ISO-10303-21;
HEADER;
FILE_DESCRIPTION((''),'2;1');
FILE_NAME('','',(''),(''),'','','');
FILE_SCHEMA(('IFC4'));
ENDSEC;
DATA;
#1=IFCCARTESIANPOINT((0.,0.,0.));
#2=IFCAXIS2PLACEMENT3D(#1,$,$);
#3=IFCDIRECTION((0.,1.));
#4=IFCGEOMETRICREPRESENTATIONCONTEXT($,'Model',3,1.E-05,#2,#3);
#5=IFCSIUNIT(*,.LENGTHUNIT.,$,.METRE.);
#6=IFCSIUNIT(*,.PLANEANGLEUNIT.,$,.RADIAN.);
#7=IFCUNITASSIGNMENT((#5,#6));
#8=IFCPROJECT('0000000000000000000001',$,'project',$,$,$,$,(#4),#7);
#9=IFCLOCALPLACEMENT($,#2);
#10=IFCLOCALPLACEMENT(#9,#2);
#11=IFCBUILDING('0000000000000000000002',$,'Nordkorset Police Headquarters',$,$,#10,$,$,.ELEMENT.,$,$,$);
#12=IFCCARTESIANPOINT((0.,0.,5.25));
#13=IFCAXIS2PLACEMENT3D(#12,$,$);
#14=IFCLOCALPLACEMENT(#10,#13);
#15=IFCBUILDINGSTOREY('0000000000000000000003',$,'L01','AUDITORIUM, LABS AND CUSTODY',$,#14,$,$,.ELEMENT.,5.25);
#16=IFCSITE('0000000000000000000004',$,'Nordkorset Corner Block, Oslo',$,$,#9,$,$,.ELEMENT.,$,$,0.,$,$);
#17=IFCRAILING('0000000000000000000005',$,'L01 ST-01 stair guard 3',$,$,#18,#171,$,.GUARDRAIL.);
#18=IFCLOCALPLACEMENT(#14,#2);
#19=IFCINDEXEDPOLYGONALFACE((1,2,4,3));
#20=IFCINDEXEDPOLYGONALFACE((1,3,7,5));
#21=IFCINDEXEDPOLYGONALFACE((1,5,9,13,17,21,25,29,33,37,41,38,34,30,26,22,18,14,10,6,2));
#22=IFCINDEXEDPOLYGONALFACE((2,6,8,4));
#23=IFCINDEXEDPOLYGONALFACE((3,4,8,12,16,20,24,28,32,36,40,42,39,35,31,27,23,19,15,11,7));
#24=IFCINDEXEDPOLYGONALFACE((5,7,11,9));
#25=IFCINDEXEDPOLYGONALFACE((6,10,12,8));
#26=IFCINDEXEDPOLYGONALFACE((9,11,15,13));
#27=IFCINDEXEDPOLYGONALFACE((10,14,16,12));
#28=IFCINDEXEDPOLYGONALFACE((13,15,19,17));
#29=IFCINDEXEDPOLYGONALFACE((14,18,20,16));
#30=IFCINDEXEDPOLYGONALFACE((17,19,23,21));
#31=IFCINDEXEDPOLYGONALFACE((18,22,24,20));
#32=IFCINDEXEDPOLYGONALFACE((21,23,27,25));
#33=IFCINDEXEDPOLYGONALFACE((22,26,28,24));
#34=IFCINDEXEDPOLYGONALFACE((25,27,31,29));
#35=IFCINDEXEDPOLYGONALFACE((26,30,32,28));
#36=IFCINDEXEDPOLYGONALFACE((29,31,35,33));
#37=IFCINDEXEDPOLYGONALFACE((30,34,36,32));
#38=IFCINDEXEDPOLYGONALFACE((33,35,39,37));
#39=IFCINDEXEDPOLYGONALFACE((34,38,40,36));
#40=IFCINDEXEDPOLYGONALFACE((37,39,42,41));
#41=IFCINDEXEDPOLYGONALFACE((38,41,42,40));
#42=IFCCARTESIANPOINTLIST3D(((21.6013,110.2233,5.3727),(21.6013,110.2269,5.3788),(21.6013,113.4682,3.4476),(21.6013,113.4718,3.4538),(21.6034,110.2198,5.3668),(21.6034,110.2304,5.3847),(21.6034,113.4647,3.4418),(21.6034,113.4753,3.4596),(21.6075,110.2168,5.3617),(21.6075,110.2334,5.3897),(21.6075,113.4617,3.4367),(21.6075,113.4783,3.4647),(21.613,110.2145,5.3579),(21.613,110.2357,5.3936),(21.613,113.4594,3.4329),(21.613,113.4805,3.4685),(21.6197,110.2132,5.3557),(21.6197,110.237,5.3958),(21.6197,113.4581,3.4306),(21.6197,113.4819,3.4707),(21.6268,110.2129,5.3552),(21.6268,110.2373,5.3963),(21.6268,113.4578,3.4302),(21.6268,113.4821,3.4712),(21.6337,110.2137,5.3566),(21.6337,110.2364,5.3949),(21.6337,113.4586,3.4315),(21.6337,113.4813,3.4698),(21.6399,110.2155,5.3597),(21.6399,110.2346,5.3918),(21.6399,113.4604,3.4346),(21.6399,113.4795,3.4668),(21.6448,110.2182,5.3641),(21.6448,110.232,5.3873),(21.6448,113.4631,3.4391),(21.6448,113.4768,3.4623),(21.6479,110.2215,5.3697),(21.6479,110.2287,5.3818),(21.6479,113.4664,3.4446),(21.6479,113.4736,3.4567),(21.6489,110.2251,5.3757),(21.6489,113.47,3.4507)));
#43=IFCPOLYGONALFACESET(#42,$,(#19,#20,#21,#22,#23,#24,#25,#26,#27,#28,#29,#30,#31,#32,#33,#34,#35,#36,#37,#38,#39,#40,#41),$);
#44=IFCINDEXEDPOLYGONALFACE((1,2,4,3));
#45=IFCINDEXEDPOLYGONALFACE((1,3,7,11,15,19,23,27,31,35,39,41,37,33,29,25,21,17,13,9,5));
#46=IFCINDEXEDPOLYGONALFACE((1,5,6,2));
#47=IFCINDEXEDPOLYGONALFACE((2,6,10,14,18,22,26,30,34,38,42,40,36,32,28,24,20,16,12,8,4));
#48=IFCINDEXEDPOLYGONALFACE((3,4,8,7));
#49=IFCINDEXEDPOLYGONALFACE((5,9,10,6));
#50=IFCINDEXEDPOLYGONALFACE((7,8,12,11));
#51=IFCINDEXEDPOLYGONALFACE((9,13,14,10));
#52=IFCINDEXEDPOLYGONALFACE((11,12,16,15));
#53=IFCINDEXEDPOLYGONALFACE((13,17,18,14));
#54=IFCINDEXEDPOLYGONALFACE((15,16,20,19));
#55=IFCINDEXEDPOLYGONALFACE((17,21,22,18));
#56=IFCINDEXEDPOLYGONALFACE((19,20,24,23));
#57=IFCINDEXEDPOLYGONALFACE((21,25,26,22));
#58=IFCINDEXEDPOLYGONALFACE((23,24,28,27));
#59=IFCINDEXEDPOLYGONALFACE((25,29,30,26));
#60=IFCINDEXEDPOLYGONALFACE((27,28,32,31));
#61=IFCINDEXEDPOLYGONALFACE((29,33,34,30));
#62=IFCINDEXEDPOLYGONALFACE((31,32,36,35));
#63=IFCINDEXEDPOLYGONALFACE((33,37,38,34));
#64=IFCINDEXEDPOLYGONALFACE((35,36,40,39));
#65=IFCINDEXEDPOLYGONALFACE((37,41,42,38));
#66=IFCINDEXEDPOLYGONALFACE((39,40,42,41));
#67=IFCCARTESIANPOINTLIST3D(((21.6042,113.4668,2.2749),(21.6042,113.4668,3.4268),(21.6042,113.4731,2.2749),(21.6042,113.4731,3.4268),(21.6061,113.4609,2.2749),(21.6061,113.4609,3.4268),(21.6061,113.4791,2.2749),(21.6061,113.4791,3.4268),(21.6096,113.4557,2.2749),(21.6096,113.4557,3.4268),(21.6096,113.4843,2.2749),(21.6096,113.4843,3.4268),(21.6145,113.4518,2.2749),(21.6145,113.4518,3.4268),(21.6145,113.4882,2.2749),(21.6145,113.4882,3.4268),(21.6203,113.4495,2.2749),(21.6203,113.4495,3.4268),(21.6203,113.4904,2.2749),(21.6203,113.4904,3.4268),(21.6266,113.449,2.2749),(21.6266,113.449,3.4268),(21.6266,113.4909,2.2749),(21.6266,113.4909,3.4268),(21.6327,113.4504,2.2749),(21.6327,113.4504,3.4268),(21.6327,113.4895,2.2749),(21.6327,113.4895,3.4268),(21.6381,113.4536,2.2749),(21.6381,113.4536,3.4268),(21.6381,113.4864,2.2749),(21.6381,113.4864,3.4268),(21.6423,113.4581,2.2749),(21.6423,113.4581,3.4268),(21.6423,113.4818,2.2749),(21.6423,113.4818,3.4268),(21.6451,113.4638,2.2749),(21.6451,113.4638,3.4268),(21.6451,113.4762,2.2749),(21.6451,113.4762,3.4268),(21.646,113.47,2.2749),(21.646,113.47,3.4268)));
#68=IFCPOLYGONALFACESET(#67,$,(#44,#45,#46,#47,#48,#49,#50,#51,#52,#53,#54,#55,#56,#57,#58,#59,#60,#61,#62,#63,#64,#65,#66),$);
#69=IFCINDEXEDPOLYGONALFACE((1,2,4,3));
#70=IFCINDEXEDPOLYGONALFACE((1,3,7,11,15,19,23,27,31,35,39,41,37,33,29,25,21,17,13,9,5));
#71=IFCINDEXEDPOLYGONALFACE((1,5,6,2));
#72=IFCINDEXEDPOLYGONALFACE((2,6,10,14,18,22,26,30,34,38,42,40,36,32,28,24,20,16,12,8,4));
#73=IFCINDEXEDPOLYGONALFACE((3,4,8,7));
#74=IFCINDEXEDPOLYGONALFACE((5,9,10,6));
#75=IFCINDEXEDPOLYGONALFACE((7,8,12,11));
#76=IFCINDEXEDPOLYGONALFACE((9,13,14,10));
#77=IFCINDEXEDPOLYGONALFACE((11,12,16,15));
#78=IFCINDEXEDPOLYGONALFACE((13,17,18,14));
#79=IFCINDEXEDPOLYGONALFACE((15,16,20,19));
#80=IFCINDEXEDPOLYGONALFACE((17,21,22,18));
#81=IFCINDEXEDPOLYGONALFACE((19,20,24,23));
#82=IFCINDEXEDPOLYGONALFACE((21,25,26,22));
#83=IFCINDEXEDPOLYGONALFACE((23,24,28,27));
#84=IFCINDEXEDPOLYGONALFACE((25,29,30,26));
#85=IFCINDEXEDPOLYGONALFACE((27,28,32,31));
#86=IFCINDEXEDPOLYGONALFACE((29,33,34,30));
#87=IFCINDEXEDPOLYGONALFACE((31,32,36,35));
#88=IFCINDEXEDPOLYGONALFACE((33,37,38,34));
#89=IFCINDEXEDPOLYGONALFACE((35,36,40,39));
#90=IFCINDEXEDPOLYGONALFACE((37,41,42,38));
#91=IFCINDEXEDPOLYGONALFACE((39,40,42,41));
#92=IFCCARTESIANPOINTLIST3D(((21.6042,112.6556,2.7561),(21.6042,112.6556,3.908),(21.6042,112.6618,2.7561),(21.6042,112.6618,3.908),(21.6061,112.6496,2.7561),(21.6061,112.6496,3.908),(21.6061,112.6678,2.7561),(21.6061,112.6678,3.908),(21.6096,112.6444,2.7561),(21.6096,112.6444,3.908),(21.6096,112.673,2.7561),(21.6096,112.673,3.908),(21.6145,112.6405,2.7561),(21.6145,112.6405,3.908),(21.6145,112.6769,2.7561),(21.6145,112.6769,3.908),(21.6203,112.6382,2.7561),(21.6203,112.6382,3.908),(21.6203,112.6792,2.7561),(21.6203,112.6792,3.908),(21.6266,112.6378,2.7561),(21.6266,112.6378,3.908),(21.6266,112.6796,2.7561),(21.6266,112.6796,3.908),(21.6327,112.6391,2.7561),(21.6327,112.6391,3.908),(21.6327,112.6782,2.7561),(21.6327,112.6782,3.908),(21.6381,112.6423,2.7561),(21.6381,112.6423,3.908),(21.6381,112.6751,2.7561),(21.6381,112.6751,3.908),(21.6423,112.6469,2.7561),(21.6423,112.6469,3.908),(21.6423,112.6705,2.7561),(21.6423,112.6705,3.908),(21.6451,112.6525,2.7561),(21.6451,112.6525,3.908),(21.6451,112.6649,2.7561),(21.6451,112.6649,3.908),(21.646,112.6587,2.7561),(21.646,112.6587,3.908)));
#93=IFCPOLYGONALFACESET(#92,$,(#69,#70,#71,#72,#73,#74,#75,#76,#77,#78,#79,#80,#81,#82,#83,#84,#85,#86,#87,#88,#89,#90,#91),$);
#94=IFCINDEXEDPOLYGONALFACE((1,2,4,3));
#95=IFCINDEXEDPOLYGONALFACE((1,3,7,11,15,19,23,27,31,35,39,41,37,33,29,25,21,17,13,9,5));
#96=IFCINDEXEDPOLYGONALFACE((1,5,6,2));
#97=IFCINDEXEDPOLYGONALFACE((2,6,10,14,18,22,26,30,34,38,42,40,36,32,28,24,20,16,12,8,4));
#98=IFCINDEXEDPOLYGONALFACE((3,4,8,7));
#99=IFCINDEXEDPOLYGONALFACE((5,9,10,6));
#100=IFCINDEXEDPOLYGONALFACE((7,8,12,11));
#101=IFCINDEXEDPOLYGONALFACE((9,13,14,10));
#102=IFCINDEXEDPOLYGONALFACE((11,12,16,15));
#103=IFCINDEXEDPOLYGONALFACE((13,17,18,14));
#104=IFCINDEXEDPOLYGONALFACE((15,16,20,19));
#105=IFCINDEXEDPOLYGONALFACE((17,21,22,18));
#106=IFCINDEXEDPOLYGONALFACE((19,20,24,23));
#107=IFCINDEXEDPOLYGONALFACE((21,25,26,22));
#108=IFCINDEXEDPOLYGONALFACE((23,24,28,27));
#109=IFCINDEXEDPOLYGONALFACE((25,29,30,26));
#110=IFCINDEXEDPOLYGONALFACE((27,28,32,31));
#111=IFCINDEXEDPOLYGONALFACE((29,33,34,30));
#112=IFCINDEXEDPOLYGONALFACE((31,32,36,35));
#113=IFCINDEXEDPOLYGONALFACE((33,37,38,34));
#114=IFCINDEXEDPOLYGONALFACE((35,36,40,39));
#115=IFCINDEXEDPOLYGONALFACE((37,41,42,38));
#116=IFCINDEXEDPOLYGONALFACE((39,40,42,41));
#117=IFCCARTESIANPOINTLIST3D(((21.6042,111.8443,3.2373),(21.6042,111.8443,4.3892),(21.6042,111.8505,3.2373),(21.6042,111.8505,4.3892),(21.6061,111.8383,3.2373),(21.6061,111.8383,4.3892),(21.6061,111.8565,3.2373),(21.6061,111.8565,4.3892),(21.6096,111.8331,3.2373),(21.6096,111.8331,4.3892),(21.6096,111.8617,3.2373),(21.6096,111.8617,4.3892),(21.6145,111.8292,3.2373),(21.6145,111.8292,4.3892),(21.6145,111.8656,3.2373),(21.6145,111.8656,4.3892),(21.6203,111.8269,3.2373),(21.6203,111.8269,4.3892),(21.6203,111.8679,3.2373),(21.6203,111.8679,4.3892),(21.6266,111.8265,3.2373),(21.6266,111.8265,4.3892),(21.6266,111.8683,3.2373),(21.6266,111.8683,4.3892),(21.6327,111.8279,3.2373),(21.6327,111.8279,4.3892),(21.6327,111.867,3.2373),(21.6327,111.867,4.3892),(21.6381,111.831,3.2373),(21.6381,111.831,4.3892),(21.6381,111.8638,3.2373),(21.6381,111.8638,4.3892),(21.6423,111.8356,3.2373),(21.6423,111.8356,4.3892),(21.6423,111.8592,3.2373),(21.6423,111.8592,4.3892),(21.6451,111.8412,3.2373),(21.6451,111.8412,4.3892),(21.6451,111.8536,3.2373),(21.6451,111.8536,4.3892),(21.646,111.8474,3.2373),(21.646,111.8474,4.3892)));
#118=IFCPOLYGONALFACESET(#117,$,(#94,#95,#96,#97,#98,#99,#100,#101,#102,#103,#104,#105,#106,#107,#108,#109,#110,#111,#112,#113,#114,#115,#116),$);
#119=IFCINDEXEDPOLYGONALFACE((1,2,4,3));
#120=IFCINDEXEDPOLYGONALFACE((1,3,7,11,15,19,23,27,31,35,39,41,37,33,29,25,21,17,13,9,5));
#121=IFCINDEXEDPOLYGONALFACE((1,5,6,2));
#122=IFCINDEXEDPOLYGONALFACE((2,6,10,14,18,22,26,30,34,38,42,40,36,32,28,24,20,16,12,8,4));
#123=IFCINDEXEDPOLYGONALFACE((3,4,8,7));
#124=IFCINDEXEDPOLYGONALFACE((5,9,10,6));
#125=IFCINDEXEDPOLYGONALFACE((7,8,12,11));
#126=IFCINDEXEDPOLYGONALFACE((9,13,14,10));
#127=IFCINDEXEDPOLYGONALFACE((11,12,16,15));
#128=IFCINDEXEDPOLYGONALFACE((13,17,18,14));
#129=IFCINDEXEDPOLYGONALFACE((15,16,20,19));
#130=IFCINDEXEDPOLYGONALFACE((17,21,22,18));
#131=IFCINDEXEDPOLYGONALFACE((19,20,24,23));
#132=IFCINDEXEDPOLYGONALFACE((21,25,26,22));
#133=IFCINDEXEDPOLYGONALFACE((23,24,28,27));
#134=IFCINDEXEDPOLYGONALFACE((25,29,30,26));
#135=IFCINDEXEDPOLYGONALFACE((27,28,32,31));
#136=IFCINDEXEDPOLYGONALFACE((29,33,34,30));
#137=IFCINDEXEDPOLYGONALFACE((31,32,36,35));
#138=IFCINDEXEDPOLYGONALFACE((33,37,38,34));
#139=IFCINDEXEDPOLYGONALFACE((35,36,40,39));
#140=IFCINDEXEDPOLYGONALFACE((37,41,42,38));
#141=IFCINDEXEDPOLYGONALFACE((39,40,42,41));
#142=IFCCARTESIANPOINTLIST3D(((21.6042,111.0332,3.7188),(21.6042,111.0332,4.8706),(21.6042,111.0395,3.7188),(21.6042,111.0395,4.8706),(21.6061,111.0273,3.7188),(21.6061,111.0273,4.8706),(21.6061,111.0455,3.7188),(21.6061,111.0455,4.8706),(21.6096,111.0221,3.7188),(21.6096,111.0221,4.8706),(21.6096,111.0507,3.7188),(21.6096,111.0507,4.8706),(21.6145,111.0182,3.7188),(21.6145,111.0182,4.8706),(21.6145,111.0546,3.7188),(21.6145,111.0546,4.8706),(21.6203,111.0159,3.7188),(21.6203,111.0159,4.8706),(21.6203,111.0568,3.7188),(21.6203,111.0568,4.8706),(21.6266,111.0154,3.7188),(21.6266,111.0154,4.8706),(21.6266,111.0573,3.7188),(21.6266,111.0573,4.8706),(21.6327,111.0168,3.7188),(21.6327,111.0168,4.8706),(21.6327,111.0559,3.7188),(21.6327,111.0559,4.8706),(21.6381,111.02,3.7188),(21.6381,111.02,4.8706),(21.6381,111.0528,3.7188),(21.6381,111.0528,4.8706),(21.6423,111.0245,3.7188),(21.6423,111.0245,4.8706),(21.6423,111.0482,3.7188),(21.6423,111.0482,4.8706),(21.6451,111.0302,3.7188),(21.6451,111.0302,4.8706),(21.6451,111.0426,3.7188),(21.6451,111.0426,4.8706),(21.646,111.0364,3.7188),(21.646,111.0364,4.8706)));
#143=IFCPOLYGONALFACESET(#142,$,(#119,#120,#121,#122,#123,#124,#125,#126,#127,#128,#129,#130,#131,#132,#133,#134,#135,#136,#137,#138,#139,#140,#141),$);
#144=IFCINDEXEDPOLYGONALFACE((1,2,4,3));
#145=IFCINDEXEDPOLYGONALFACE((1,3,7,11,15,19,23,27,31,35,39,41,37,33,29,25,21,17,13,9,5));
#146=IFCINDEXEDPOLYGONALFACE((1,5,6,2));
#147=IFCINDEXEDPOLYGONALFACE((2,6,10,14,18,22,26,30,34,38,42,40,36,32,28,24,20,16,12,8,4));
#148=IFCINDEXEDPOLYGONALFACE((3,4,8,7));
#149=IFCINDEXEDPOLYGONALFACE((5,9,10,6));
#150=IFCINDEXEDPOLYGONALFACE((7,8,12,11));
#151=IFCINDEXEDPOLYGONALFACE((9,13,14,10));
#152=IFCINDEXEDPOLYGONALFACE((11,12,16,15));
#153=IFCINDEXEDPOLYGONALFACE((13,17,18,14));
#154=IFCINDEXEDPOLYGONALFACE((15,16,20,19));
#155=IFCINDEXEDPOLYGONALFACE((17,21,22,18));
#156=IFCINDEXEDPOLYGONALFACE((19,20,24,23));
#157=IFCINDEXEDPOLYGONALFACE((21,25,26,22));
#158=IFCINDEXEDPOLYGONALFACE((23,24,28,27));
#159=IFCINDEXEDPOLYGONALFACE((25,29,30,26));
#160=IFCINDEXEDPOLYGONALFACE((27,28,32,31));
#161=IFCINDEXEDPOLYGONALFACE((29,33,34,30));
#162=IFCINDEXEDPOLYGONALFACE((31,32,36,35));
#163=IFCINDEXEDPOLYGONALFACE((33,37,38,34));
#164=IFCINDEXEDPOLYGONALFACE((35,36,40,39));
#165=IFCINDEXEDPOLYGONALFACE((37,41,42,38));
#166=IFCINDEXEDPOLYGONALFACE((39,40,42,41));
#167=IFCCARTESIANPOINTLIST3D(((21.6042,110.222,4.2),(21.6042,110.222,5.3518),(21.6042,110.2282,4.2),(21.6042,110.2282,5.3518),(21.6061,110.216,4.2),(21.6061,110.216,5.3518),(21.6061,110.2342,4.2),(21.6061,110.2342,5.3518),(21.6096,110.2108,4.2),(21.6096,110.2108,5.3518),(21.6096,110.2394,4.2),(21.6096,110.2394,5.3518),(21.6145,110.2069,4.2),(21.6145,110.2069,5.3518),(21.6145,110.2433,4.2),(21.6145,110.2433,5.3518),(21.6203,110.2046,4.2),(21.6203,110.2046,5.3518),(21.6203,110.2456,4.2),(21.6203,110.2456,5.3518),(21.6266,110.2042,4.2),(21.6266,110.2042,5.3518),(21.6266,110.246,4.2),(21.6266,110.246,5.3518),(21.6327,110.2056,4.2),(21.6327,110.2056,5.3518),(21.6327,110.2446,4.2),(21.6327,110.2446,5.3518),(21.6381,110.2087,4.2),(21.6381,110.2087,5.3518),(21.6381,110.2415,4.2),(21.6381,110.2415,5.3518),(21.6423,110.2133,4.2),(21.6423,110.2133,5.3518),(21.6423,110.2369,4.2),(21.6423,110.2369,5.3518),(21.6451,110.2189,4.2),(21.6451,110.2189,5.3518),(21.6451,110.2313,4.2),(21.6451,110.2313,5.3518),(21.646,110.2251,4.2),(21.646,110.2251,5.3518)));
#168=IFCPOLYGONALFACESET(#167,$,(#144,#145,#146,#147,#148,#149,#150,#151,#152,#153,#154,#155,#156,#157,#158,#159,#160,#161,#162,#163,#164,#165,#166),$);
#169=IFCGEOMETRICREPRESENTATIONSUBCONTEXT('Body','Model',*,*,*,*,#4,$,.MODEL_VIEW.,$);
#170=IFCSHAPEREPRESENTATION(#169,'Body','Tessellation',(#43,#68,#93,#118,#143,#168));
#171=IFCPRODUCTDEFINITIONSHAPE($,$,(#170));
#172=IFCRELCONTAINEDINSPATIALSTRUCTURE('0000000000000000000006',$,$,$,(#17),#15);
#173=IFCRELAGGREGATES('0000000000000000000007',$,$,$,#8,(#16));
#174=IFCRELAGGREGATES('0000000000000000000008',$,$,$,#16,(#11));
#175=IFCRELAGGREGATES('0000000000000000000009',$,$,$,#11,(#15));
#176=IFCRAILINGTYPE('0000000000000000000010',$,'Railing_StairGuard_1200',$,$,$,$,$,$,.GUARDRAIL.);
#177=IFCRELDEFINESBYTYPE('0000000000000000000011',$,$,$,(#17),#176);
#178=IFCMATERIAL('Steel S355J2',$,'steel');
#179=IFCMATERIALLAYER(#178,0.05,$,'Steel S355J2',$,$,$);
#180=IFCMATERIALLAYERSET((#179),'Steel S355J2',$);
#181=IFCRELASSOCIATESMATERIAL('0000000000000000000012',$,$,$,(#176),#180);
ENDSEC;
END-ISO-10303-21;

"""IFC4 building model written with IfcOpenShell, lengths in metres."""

from ifc_helpers import new_model, si_unit, direction, frame, origin, origin_2d, place, context, subcontext, project, spatial, circle, extrude, material, layer, layer_set, type_object, element, save


model = new_model("IFC4")

# Units and contexts
model_context = context("Model", 3, precision=1e-05, world=origin(), true_north=direction((0.0, 1.0)))
body_context = subcontext(model_context, "Body", "Model", "MODEL_VIEW")
ifc_project = project(units=[si_unit("LENGTHUNIT", "METRE"), si_unit("PLANEANGLEUNIT", "RADIAN")], contexts=[model_context])

# Site, building, storey
site_placement = place(None, origin())
site = spatial("IfcSite", under=ifc_project, at=site_placement, Name="Nordkorset Corner Block, Oslo", CompositionType="ELEMENT", RefElevation=0.0)
building_placement = place(site_placement, origin())
building = spatial("IfcBuilding", under=site, at=building_placement, Name="Nordkorset Police Headquarters", CompositionType="ELEMENT")
storey_placement = place(building_placement, frame((0.0, 0.0, 5.25)))
storey = spatial("IfcBuildingStorey", under=building, at=storey_placement, Name="L01", Description="AUDITORIUM, LABS AND CUSTODY", CompositionType="ELEMENT", Elevation=5.25)

# Railing
ifc_material_1 = material(Name="Steel S355J2", Category="steel")
ifc_layer_1 = layer(ifc_material_1, 0.05, Name="Steel S355J2")
ifc_layer_set_1 = layer_set([ifc_layer_1], Name="Steel S355J2")
railing_type_1 = type_object("IfcRailingType", Name="Railing_StairGuard_1200", PredefinedType="GUARDRAIL", material=ifc_layer_set_1)
railing_1_placement = place(storey_placement, frame((21.625, 113.47, 2.2749)))
element("IfcRailing", 1, at=railing_1_placement, inside=storey, type_object=railing_type_1, Name="L01 ST-01 stair guard 3", PredefinedType="GUARDRAIL", context=body_context, shape_type="SweptSolid", body=[
    extrude(circle(Radius=0.0239, at=origin_2d()), frame((0.0, 0.0, 1.1758), z_axis=(0.0, -0.86004, 0.510226), x_axis=(1.0, 0.0, 0.0)), (0.0, 0.0, 1.0), 3.7729),
    extrude(circle(Radius=0.021, at=origin_2d()), origin(), (0.0, 0.0, 1.0), 1.1519),
    extrude(circle(Radius=0.021, at=origin_2d()), frame((0.0, -0.8113, 0.4812)), (0.0, 0.0, 1.0), 1.1519),
    extrude(circle(Radius=0.021, at=origin_2d()), frame((0.0, -1.6226, 0.9624)), (0.0, 0.0, 1.0), 1.1519),
    extrude(circle(Radius=0.021, at=origin_2d()), frame((0.0, -2.4336, 1.4438)), (0.0, 0.0, 1.0), 1.1519),
    extrude(circle(Radius=0.021, at=origin_2d()), frame((0.0, -3.2449, 1.925)), (0.0, 0.0, 1.0), 1.1519),
])

save(model, "model.ifc")
